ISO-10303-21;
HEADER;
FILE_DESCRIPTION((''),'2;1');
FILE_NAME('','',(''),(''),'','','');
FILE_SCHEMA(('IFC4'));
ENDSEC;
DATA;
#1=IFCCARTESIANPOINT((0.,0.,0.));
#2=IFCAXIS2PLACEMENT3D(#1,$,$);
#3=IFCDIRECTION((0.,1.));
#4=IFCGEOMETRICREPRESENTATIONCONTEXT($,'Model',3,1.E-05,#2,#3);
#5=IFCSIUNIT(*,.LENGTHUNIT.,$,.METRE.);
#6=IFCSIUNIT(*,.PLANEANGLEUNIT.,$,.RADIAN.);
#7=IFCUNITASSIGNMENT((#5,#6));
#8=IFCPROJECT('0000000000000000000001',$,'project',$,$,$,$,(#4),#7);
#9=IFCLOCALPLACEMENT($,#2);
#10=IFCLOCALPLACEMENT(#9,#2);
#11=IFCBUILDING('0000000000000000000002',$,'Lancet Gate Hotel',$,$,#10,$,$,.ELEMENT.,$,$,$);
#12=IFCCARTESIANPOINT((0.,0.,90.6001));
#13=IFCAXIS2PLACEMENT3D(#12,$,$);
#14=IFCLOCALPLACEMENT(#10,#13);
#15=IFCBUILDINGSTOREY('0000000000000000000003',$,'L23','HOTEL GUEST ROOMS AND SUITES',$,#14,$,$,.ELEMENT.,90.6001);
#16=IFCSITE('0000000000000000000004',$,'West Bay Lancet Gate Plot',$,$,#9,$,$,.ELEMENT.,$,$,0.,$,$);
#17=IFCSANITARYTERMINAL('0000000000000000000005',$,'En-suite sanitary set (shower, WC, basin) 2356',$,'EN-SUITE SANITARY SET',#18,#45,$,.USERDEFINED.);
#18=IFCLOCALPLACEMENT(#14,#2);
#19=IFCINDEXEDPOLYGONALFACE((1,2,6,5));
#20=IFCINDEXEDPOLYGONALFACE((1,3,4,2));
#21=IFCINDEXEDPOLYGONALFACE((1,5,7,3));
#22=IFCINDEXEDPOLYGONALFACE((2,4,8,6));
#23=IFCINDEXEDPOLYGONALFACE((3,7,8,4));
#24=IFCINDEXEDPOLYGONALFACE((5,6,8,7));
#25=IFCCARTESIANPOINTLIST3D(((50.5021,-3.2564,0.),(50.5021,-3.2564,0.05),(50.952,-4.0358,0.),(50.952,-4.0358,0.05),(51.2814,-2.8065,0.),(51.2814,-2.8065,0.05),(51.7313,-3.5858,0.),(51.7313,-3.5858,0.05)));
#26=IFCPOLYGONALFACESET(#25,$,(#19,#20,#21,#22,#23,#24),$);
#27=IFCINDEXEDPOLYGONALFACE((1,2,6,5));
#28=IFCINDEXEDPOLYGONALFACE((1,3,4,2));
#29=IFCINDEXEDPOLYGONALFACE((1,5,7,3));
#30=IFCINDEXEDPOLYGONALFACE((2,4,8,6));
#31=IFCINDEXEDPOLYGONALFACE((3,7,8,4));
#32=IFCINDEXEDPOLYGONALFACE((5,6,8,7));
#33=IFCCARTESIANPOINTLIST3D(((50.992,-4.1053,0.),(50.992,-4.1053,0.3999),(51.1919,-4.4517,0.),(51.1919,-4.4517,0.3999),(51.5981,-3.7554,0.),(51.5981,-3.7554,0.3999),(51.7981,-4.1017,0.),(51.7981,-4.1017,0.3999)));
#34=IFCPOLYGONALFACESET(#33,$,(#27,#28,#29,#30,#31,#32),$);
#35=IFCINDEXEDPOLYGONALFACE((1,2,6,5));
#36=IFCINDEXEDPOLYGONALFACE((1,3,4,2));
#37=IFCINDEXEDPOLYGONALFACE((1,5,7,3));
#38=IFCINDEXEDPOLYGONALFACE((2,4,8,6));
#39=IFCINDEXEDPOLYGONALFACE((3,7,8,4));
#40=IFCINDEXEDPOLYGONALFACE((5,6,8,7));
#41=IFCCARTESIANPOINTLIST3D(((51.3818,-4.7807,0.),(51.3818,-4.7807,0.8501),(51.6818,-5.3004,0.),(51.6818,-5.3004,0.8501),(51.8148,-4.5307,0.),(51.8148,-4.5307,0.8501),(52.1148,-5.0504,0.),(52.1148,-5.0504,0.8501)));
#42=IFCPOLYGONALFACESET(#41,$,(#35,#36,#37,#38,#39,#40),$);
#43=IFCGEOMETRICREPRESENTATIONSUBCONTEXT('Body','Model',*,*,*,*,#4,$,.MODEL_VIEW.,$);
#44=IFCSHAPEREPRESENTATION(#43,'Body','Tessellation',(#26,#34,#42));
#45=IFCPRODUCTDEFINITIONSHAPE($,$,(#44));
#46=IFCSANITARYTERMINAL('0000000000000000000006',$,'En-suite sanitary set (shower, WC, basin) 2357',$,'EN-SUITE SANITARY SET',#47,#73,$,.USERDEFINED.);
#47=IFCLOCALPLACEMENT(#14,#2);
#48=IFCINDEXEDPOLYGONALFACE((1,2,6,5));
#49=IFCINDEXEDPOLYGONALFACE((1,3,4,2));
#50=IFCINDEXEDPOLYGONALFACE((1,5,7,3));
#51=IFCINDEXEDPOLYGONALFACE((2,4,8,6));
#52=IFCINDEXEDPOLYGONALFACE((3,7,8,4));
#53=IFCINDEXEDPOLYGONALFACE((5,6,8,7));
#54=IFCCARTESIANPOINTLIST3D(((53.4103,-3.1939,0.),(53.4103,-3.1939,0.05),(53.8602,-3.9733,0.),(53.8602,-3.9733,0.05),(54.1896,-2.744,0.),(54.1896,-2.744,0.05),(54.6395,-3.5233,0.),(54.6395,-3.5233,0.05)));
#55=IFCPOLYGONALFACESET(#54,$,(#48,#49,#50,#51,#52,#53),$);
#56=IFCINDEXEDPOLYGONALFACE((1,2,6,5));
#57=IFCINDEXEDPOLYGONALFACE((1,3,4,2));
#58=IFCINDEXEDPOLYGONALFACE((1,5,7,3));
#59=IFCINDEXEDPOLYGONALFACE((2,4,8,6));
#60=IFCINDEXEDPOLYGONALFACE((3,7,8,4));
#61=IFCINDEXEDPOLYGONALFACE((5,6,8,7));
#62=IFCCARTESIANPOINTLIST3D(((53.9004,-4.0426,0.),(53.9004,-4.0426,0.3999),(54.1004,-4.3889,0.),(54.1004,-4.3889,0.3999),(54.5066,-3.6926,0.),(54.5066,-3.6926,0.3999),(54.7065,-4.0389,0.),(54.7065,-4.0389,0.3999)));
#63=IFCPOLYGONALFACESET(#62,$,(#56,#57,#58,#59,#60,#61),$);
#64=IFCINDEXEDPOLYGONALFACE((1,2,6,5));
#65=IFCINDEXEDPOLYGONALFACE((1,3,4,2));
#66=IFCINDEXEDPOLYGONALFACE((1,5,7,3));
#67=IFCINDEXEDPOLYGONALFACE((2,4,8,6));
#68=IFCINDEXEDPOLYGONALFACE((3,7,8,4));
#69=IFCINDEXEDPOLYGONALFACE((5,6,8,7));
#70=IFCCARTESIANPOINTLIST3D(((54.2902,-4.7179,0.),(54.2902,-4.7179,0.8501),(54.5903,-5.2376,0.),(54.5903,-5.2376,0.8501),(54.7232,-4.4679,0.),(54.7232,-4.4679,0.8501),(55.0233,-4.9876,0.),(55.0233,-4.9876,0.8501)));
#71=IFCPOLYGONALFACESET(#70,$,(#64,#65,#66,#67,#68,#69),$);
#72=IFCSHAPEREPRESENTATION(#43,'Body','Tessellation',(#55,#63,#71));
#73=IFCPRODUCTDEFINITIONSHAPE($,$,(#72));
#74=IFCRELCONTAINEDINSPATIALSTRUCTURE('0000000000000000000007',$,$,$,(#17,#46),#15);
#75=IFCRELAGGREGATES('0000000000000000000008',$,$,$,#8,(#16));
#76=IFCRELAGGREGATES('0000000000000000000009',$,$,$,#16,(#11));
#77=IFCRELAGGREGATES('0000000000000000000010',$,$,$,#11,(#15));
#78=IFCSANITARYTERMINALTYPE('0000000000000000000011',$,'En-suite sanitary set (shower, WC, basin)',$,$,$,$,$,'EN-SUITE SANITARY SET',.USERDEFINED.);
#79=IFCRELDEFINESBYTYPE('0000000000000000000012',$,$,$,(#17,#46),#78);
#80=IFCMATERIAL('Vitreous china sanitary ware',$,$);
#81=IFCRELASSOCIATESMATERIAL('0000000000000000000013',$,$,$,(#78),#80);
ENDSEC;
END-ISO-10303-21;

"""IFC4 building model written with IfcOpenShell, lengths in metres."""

from ifc_helpers import new_model, si_unit, direction, frame, origin, origin_2d, place, context, subcontext, project, spatial, rectangle, extrude, material, type_object, element, save


model = new_model("IFC4")

# Units and contexts
model_context = context("Model", 3, precision=1e-05, world=origin(), true_north=direction((0.0, 1.0)))
body_context = subcontext(model_context, "Body", "Model", "MODEL_VIEW")
ifc_project = project(units=[si_unit("LENGTHUNIT", "METRE"), si_unit("PLANEANGLEUNIT", "RADIAN")], contexts=[model_context])

# Site, building, storey
site_placement = place(None, origin())
site = spatial("IfcSite", under=ifc_project, at=site_placement, Name="West Bay Lancet Gate Plot", CompositionType="ELEMENT", RefElevation=0.0)
building_placement = place(site_placement, origin())
building = spatial("IfcBuilding", under=site, at=building_placement, Name="Lancet Gate Hotel", CompositionType="ELEMENT")
storey_placement = place(building_placement, frame((0.0, 0.0, 90.6001)))
storey = spatial("IfcBuildingStorey", under=building, at=storey_placement, Name="L23", Description="HOTEL GUEST ROOMS AND SUITES", CompositionType="ELEMENT", Elevation=90.6001)

# Sanitary terminals
ifc_material_1 = material(Name="Vitreous china sanitary ware")
sanitary_terminal_type = type_object("IfcSanitaryTerminalType", Name="En-suite sanitary set (shower, WC, basin)", ElementType="EN-SUITE SANITARY SET", PredefinedType="USERDEFINED", material=ifc_material_1)
sanitary_terminal_1_placement = place(storey_placement, frame((51.1167, -3.4211, 0.0), z_axis=(0.0, 0.0, 1.0), x_axis=(1.0, 0.0, 0.0)))
element("IfcSanitaryTerminal", 1, at=sanitary_terminal_1_placement, inside=storey, type_object=sanitary_terminal_type, Name="En-suite sanitary set (shower, WC, basin) 2356", ObjectType="EN-SUITE SANITARY SET", PredefinedType="USERDEFINED", context=body_context, shape_type="SweptSolid", body=[
    extrude(rectangle(XDim=0.8999, YDim=0.8999, at=origin_2d()), frame((0.0, 0.0, 0.0), z_axis=(0.0, 0.0, 1.0), x_axis=(-0.5, 0.866025, 0.0)), (0.0, 0.0, 1.0), 0.05),
    extrude(rectangle(XDim=0.3999, YDim=0.7, at=origin_2d()), frame((0.2783, -0.6824, 0.0), z_axis=(0.0, 0.0, 1.0), x_axis=(-0.5, 0.866025, 0.0)), (0.0, 0.0, 1.0), 0.3999),
    extrude(rectangle(XDim=0.6001, YDim=0.5, at=origin_2d()), frame((0.6316, -1.4944, 0.0), z_axis=(0.0, 0.0, 1.0), x_axis=(-0.5, 0.866025, 0.0)), (0.0, 0.0, 1.0), 0.8501),
])
sanitary_terminal_2_placement = place(storey_placement, frame((54.0249, -3.3586, 0.0), z_axis=(0.0, 0.0, 1.0), x_axis=(1.0, 0.0, 0.0)))
element("IfcSanitaryTerminal", 2, at=sanitary_terminal_2_placement, inside=storey, type_object=sanitary_terminal_type, Name="En-suite sanitary set (shower, WC, basin) 2357", ObjectType="EN-SUITE SANITARY SET", PredefinedType="USERDEFINED", context=body_context, shape_type="SweptSolid", body=[
    extrude(rectangle(XDim=0.8999, YDim=0.8999, at=origin_2d()), frame((0.0, 0.0, 0.0), z_axis=(0.0, 0.0, 1.0), x_axis=(-0.5, 0.866025, 0.0)), (0.0, 0.0, 1.0), 0.05),
    extrude(rectangle(XDim=0.3999, YDim=0.7, at=origin_2d()), frame((0.2786, -0.6821, 0.0), z_axis=(0.0, 0.0, 1.0), x_axis=(-0.5, 0.866025, 0.0)), (0.0, 0.0, 1.0), 0.3999),
    extrude(rectangle(XDim=0.6001, YDim=0.5, at=origin_2d()), frame((0.6318, -1.4941, 0.0), z_axis=(0.0, 0.0, 1.0), x_axis=(-0.5, 0.866025, 0.0)), (0.0, 0.0, 1.0), 0.8501),
])

save(model, "model.ifc")
